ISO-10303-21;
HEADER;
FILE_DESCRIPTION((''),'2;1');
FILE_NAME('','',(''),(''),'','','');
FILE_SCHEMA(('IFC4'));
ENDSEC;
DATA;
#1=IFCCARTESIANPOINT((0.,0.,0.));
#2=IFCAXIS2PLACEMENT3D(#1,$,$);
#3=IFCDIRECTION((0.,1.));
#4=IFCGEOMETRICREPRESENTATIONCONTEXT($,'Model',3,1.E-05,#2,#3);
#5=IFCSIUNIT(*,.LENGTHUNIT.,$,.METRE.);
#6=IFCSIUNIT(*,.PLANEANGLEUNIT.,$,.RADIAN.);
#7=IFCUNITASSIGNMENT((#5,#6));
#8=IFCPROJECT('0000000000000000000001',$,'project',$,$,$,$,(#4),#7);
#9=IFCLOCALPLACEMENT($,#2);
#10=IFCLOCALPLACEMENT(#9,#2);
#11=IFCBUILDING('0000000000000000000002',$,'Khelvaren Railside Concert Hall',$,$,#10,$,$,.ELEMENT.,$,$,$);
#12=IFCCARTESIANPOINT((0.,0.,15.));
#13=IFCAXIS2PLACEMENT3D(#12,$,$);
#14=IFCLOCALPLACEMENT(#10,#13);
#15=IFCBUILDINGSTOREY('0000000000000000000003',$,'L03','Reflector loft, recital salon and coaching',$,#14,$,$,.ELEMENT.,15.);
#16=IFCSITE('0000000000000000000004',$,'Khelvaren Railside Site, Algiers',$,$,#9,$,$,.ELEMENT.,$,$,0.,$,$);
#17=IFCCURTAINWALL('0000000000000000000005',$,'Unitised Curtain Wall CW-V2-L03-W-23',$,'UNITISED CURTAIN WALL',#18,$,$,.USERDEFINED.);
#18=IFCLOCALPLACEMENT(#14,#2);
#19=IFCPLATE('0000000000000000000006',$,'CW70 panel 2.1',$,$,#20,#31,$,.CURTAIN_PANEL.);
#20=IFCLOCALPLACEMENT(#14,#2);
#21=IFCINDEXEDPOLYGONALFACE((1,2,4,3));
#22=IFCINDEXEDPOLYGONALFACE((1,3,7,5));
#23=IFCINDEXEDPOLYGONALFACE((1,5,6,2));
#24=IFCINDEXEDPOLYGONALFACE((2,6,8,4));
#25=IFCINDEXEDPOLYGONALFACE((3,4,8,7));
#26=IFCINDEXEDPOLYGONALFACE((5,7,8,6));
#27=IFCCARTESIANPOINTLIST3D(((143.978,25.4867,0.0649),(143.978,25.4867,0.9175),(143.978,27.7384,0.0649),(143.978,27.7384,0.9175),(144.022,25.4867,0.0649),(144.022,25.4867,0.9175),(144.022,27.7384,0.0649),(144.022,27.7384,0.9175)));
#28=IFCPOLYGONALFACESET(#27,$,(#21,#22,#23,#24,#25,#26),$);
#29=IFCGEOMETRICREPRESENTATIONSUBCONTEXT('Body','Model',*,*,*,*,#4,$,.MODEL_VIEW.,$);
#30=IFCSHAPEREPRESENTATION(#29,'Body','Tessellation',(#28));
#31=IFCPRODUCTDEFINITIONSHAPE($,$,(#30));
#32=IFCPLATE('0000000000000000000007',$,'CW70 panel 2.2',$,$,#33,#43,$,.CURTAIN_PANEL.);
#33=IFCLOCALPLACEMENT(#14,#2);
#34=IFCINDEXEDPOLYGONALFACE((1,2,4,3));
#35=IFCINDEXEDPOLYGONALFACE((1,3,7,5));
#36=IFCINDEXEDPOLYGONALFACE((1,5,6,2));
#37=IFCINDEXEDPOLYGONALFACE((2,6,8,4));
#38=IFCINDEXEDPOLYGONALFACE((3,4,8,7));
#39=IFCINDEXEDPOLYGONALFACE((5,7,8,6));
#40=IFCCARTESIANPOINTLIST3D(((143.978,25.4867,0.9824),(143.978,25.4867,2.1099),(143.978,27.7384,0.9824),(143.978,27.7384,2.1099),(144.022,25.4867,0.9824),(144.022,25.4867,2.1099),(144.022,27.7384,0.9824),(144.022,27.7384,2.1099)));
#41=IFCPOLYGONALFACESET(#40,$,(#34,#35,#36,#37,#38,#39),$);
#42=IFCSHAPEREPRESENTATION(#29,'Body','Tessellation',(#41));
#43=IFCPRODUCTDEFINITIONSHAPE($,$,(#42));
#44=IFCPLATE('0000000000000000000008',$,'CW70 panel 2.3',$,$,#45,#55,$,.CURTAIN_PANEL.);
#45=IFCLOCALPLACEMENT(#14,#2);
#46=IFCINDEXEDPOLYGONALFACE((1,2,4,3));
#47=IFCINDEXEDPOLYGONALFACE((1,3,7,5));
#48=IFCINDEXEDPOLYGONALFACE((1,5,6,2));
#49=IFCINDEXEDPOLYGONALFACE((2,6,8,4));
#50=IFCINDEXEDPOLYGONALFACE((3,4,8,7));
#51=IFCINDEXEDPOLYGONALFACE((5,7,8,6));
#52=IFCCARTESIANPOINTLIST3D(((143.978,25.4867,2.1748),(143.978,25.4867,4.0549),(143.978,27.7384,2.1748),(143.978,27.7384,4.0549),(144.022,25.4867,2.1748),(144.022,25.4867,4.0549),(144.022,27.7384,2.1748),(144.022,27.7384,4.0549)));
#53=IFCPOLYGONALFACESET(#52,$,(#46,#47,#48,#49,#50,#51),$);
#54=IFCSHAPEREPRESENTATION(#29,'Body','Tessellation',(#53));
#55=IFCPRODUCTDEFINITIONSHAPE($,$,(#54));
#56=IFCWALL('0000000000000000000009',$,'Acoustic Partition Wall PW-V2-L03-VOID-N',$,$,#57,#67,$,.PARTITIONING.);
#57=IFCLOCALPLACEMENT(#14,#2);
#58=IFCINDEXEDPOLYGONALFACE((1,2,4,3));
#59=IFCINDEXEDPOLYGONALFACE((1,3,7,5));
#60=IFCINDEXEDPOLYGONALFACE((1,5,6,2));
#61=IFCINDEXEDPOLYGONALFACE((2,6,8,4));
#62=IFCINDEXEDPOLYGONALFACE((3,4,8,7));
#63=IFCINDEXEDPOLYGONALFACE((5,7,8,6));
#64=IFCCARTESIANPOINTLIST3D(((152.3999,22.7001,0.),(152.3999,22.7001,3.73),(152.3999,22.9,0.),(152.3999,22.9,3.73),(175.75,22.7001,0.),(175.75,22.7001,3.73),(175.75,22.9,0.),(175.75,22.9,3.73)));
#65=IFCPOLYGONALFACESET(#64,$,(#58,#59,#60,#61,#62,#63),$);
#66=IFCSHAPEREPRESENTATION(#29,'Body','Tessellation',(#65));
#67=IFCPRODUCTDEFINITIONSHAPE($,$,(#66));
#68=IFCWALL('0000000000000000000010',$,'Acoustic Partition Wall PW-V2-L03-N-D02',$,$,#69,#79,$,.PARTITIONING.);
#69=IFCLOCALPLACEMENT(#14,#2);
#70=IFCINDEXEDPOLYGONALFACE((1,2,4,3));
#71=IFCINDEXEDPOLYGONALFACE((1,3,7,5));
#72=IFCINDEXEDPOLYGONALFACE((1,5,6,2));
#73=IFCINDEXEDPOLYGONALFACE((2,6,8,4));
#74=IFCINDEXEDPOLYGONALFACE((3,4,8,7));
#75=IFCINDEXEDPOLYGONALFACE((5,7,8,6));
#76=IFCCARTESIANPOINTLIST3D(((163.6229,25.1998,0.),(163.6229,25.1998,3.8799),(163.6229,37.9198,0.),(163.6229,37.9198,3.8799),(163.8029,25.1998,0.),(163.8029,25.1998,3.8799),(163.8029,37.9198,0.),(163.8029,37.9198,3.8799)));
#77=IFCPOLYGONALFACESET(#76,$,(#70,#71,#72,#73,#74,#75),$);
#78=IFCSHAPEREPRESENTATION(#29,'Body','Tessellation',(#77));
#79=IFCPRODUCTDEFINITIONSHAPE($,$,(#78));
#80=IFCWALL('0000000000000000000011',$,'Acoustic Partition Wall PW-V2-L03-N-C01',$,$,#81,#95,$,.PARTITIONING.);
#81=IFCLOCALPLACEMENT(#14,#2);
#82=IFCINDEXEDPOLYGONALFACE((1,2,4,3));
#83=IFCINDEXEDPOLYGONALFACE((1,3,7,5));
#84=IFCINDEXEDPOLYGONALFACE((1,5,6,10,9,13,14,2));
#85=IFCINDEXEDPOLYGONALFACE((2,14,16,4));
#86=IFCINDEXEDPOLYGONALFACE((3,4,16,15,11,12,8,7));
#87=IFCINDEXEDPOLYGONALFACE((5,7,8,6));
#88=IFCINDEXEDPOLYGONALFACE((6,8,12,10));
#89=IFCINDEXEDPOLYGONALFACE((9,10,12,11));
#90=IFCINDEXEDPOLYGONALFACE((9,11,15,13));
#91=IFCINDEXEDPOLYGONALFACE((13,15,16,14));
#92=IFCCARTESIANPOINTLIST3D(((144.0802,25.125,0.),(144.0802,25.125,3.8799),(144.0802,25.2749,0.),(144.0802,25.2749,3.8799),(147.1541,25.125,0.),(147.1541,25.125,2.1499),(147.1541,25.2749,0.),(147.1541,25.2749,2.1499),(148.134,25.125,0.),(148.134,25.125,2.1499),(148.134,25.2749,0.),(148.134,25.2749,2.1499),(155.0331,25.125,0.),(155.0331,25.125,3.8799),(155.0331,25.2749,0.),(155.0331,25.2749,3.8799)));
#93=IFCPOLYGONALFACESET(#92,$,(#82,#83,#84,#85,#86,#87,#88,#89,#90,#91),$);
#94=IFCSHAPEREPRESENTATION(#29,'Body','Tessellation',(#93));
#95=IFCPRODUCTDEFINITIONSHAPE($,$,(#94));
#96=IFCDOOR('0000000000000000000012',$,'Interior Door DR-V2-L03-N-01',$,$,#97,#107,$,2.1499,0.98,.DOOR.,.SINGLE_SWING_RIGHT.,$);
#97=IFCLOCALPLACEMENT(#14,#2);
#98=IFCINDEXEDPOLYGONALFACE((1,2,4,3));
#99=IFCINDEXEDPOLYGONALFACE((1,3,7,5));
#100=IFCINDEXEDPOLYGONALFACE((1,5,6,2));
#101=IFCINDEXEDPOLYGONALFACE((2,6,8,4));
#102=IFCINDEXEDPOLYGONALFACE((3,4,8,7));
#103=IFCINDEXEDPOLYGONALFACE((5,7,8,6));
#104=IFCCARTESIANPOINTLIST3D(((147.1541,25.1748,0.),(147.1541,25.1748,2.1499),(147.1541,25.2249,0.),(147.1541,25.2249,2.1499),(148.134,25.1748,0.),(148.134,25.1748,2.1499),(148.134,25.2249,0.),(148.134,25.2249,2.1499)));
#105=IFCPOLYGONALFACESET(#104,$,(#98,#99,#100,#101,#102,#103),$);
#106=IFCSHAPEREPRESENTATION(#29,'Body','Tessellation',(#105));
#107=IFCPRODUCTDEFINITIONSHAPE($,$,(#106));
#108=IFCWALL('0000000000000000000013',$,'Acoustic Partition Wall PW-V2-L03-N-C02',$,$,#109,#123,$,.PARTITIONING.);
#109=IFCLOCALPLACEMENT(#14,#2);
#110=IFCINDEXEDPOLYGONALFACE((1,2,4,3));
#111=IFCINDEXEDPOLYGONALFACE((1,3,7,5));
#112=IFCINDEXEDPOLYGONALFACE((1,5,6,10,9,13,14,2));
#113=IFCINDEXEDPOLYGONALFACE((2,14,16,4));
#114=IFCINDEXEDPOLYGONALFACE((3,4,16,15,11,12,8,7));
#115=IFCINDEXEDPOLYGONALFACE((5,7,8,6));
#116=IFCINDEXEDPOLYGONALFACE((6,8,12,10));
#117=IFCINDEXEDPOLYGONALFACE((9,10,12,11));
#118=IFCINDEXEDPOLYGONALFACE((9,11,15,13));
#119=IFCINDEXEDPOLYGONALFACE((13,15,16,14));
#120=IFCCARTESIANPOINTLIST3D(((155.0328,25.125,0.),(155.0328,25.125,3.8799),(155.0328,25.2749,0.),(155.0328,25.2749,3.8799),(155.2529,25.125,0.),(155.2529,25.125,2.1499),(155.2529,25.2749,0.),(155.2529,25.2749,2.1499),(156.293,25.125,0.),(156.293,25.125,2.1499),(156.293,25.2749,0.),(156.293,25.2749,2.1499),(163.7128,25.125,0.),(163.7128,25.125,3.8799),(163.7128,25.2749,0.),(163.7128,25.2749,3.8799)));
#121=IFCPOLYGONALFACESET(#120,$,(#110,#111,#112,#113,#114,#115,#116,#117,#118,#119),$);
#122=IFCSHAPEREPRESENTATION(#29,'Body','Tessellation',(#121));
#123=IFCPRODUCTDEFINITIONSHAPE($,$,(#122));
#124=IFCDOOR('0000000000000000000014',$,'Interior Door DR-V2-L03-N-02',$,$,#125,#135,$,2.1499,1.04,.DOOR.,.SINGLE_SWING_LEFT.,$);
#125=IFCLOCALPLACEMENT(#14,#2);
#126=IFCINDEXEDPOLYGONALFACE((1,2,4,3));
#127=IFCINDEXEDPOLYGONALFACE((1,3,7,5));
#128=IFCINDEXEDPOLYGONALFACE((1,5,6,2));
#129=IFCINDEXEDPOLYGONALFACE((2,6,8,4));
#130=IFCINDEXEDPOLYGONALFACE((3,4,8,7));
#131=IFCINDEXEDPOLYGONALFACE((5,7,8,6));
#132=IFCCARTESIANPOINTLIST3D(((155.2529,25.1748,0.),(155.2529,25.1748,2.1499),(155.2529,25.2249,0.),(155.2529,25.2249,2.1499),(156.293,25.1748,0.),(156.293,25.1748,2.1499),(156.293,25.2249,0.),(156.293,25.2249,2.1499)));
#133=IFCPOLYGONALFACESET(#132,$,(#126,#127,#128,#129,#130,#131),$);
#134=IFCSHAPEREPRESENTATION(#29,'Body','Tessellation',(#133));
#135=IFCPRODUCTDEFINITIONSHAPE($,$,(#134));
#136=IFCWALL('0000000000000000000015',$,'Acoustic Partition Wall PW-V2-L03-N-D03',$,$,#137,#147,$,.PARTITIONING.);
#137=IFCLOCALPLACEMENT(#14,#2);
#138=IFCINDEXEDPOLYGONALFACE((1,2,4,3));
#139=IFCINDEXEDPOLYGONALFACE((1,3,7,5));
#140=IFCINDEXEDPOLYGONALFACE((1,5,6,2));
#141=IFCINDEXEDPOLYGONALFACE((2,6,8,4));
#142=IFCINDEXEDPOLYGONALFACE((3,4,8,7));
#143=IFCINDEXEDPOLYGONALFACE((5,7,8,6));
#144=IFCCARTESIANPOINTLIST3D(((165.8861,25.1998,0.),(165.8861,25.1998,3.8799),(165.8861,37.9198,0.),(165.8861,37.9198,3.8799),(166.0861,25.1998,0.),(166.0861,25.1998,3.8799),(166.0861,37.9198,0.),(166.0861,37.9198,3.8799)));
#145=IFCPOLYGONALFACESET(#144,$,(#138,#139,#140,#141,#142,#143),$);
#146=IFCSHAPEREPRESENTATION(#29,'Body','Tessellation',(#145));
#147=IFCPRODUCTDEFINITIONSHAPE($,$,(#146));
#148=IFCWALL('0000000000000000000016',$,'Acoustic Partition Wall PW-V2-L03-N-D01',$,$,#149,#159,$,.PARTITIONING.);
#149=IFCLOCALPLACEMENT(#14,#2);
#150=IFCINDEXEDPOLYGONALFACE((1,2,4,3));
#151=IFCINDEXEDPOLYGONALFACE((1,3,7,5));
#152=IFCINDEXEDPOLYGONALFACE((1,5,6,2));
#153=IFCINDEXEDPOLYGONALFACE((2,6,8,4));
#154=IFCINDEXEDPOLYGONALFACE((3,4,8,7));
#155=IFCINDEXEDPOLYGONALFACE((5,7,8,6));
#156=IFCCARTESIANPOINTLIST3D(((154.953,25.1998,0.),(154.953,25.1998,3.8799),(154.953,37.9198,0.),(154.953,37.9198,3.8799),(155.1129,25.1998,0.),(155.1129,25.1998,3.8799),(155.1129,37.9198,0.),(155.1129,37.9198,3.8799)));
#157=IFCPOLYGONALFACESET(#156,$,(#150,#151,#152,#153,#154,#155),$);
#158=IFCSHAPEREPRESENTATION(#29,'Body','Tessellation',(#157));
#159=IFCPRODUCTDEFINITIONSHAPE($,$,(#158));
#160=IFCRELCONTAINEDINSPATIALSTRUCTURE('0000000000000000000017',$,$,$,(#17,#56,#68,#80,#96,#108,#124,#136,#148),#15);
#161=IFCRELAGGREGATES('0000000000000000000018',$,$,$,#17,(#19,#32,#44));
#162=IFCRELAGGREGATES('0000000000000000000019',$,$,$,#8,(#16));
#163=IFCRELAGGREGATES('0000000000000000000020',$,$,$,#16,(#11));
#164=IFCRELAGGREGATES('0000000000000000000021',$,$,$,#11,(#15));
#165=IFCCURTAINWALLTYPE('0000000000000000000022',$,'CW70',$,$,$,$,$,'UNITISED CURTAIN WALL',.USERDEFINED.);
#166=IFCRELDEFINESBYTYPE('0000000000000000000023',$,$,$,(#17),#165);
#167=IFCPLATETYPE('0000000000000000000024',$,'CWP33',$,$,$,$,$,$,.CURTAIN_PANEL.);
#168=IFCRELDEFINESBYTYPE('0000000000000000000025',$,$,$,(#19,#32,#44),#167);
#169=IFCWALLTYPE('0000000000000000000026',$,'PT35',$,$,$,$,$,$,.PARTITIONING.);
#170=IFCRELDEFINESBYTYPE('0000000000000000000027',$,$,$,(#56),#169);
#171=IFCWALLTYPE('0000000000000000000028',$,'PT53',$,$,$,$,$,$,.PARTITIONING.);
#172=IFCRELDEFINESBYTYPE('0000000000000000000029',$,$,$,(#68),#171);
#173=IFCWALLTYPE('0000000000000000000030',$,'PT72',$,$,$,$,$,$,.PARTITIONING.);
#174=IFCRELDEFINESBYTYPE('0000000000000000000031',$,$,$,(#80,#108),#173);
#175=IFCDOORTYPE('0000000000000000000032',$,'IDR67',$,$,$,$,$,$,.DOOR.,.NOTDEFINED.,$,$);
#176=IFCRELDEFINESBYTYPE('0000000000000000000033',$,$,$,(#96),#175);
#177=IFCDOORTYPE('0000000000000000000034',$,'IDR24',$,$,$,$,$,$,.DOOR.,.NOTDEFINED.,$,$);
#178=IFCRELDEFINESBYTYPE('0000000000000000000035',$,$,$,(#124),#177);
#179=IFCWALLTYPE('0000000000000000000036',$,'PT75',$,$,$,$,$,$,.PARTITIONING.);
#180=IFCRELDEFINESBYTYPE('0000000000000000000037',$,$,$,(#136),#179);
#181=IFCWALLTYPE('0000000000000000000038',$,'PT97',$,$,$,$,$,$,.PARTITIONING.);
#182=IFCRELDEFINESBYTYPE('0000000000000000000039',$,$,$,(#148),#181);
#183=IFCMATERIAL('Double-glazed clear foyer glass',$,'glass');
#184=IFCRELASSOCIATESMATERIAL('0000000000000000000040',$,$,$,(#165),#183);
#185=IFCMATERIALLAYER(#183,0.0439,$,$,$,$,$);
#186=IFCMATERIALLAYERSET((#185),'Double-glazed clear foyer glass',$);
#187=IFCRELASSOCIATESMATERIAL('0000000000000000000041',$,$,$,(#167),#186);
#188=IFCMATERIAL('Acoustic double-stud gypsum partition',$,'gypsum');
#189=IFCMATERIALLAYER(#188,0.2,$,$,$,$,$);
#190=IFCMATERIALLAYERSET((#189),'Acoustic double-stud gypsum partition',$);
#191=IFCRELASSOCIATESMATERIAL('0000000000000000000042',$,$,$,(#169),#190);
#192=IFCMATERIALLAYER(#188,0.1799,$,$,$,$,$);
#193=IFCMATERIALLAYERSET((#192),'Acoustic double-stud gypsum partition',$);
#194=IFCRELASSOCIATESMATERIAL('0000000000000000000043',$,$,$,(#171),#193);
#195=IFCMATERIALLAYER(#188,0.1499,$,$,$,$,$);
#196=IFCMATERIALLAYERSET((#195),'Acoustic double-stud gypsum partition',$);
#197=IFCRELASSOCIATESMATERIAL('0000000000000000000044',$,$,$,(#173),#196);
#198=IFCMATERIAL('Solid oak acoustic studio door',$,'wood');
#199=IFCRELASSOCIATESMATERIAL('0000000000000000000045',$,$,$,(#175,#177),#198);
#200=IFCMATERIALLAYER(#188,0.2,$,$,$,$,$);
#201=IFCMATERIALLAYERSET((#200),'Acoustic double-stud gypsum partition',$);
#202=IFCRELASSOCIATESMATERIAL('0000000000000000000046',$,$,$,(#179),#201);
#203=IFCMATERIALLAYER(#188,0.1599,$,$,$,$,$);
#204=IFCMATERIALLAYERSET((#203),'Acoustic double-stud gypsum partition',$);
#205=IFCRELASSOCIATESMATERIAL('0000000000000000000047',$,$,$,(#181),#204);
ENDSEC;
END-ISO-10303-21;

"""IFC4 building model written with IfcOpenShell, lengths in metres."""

from ifc_helpers import new_model, si_unit, direction, frame, frame_2d, origin, origin_2d, place, context, subcontext, project, spatial, rectangle, extrude, material, layer, layer_set, type_object, element, fill, aggregate, save


model = new_model("IFC4")

# Units and contexts
model_context = context("Model", 3, precision=1e-05, world=origin(), true_north=direction((0.0, 1.0)))
body_context = subcontext(model_context, "Body", "Model", "MODEL_VIEW")
ifc_project = project(units=[si_unit("LENGTHUNIT", "METRE"), si_unit("PLANEANGLEUNIT", "RADIAN")], contexts=[model_context])

# Site, building, storey
site_placement = place(None, origin())
site = spatial("IfcSite", under=ifc_project, at=site_placement, Name="Khelvaren Railside Site, Algiers", CompositionType="ELEMENT", RefElevation=0.0)
building_placement = place(site_placement, origin())
building = spatial("IfcBuilding", under=site, at=building_placement, Name="Khelvaren Railside Concert Hall", CompositionType="ELEMENT")
storey_placement = place(building_placement, frame((0.0, 0.0, 15.0)))
storey = spatial("IfcBuildingStorey", under=building, at=storey_placement, Name="L03", Description="Reflector loft, recital salon and coaching", CompositionType="ELEMENT", Elevation=15.0)

# Curtain wall
ifc_material_1 = material(Name="Double-glazed clear foyer glass", Category="glass")
curtain_wall_type = type_object("IfcCurtainWallType", Name="CW70", ElementType="UNITISED CURTAIN WALL", PredefinedType="USERDEFINED", material=ifc_material_1)
curtain_wall_placement = place(storey_placement, origin())
curtain_wall = element("IfcCurtainWall", 1, at=curtain_wall_placement, inside=storey, type_object=curtain_wall_type, Name="Unitised Curtain Wall CW-V2-L03-W-23", ObjectType="UNITISED CURTAIN WALL", PredefinedType="USERDEFINED")

# Plates
ifc_layer_1 = layer(ifc_material_1, 0.0439)
ifc_layer_set_1 = layer_set([ifc_layer_1], Name="Double-glazed clear foyer glass")
plate_type = type_object("IfcPlateType", Name="CWP33", PredefinedType="CURTAIN_PANEL", material=ifc_layer_set_1)
plate_1_placement = place(storey_placement, frame((144.0, 26.6125, 0.0649), z_axis=(0.0, 0.0, 1.0), x_axis=(0.0, 1.0, 0.0)))
plate_1 = element("IfcPlate", 2, at=plate_1_placement, type_object=plate_type, Name="CW70 panel 2.1", PredefinedType="CURTAIN_PANEL", context=body_context, shape_type="SweptSolid", body=[
    extrude(rectangle(XDim=2.2517, YDim=0.0439, at=origin_2d()), origin(), (0.0, 0.0, 1.0), 0.8525),
])
plate_2_placement = place(storey_placement, frame((144.0, 26.6125, 0.9824), z_axis=(0.0, 0.0, 1.0), x_axis=(0.0, 1.0, 0.0)))
plate_2 = element("IfcPlate", 3, at=plate_2_placement, type_object=plate_type, Name="CW70 panel 2.2", PredefinedType="CURTAIN_PANEL", context=body_context, shape_type="SweptSolid", body=[
    extrude(rectangle(XDim=2.2517, YDim=0.0439, at=origin_2d()), origin(), (0.0, 0.0, 1.0), 1.1274),
])
plate_3_placement = place(storey_placement, frame((144.0, 26.6125, 2.1748), z_axis=(0.0, 0.0, 1.0), x_axis=(0.0, 1.0, 0.0)))
plate_3 = element("IfcPlate", 4, at=plate_3_placement, type_object=plate_type, Name="CW70 panel 2.3", PredefinedType="CURTAIN_PANEL", context=body_context, shape_type="SweptSolid", body=[
    extrude(rectangle(XDim=2.2517, YDim=0.0439, at=origin_2d()), origin(), (0.0, 0.0, 1.0), 1.8801),
])
aggregate(curtain_wall, [plate_1, plate_2, plate_3])

# Walls
ifc_material_2 = material(Name="Acoustic double-stud gypsum partition", Category="gypsum")
ifc_layer_2 = layer(ifc_material_2, 0.2)
ifc_layer_set_2 = layer_set([ifc_layer_2], Name="Acoustic double-stud gypsum partition")
wall_type_1 = type_object("IfcWallType", Name="PT35", PredefinedType="PARTITIONING", material=ifc_layer_set_2)
wall_1_placement = place(storey_placement, frame((152.3999, 22.8, 0.0), z_axis=(0.0, 0.0, 1.0), x_axis=(1.0, 0.0, 0.0)))
element("IfcWall", 5, at=wall_1_placement, inside=storey, type_object=wall_type_1, Name="Acoustic Partition Wall PW-V2-L03-VOID-N", PredefinedType="PARTITIONING", context=body_context, shape_type="SweptSolid", body=[
    extrude(rectangle(XDim=23.3501, YDim=0.2, at=frame_2d((11.675, 0.0))), origin(), (0.0, 0.0, 1.0), 3.73),
])
ifc_layer_3 = layer(ifc_material_2, 0.1799)
ifc_layer_set_3 = layer_set([ifc_layer_3], Name="Acoustic double-stud gypsum partition")
wall_type_2 = type_object("IfcWallType", Name="PT53", PredefinedType="PARTITIONING", material=ifc_layer_set_3)
wall_2_placement = place(storey_placement, frame((163.7129, 25.2, 0.0), z_axis=(0.0, 0.0, 1.0), x_axis=(0.0, 1.0, 0.0)))
element("IfcWall", 6, at=wall_2_placement, inside=storey, type_object=wall_type_2, Name="Acoustic Partition Wall PW-V2-L03-N-D02", PredefinedType="PARTITIONING", context=body_context, shape_type="SweptSolid", body=[
    extrude(rectangle(XDim=12.72, YDim=0.1799, at=frame_2d((6.3599, 0.0))), origin(), (0.0, 0.0, 1.0), 3.8799),
])

# Walls, openings, doors
ifc_layer_4 = layer(ifc_material_2, 0.1499)
ifc_layer_set_4 = layer_set([ifc_layer_4], Name="Acoustic double-stud gypsum partition")
wall_type_3 = type_object("IfcWallType", Name="PT72", PredefinedType="PARTITIONING", material=ifc_layer_set_4)
wall_3_placement = place(storey_placement, frame((144.0801, 25.2, 0.0), z_axis=(0.0, 0.0, 1.0), x_axis=(1.0, 0.0, 0.0)))
wall_3 = element("IfcWall", 7, at=wall_3_placement, inside=storey, type_object=wall_type_3, Name="Acoustic Partition Wall PW-V2-L03-N-C01", PredefinedType="PARTITIONING", context=body_context, shape_type="SweptSolid", body=[
    extrude(rectangle(XDim=10.9529, YDim=0.1499, at=frame_2d((5.4766, 0.0))), origin(), (0.0, 0.0, 1.0), 3.8799),
])
opening_1_placement = place(wall_3_placement, frame((3.074, 0.0, 0.0)))
opening_1 = element("IfcOpeningElement", 8, at=opening_1_placement, cuts=wall_3, PredefinedType="OPENING", context=body_context, shape_type="SweptSolid", body=[
    extrude(rectangle(XDim=0.98, YDim=2.1499, at=frame_2d((0.49, 1.075))), frame((0.0, 0.085, 0.0), z_axis=(0.0, -1.0, 0.0), x_axis=(1.0, 0.0, 0.0)), (0.0, 0.0, 1.0), 0.1699),
])
ifc_material_3 = material(Name="Solid oak acoustic studio door", Category="wood")
door_type_1 = type_object("IfcDoorType", Name="IDR67", OperationType="NOTDEFINED", PredefinedType="DOOR", material=ifc_material_3)
door_1_placement = place(opening_1_placement, origin())
door_1 = element("IfcDoor", 9, at=door_1_placement, inside=storey, type_object=door_type_1, Name="Interior Door DR-V2-L03-N-01", OperationType="SINGLE_SWING_RIGHT", OverallHeight=2.1499, OverallWidth=0.98, PredefinedType="DOOR", context=body_context, shape_type="SweptSolid", body=[
    extrude(rectangle(XDim=0.98, YDim=2.1499, at=frame_2d((0.49, 1.075))), frame((0.0, 0.0249, 0.0), z_axis=(0.0, -1.0, 0.0), x_axis=(1.0, 0.0, 0.0)), (0.0, 0.0, 1.0), 0.05),
])
fill(opening_1, door_1)
wall_4_placement = place(storey_placement, frame((155.033, 25.2, 0.0), z_axis=(0.0, 0.0, 1.0), x_axis=(1.0, 0.0, 0.0)))
wall_4 = element("IfcWall", 10, at=wall_4_placement, inside=storey, type_object=wall_type_3, Name="Acoustic Partition Wall PW-V2-L03-N-C02", PredefinedType="PARTITIONING", context=body_context, shape_type="SweptSolid", body=[
    extrude(rectangle(XDim=8.6799, YDim=0.1499, at=frame_2d((4.3398, 0.0))), origin(), (0.0, 0.0, 1.0), 3.8799),
])
opening_2_placement = place(wall_4_placement, frame((0.22, 0.0, 0.0)))
opening_2 = element("IfcOpeningElement", 11, at=opening_2_placement, cuts=wall_4, PredefinedType="OPENING", context=body_context, shape_type="SweptSolid", body=[
    extrude(rectangle(XDim=1.04, YDim=2.1499, at=frame_2d((0.52, 1.075))), frame((0.0, 0.085, 0.0), z_axis=(0.0, -1.0, 0.0), x_axis=(1.0, 0.0, 0.0)), (0.0, 0.0, 1.0), 0.1699),
])
door_type_2 = type_object("IfcDoorType", Name="IDR24", OperationType="NOTDEFINED", PredefinedType="DOOR", material=ifc_material_3)
door_2_placement = place(opening_2_placement, origin())
door_2 = element("IfcDoor", 12, at=door_2_placement, inside=storey, type_object=door_type_2, Name="Interior Door DR-V2-L03-N-02", OperationType="SINGLE_SWING_LEFT", OverallHeight=2.1499, OverallWidth=1.04, PredefinedType="DOOR", context=body_context, shape_type="SweptSolid", body=[
    extrude(rectangle(XDim=1.04, YDim=2.1499, at=frame_2d((0.52, 1.075))), frame((0.0, 0.0249, 0.0), z_axis=(0.0, -1.0, 0.0), x_axis=(1.0, 0.0, 0.0)), (0.0, 0.0, 1.0), 0.05),
])
fill(opening_2, door_2)

# Walls
ifc_layer_5 = layer(ifc_material_2, 0.2)
ifc_layer_set_5 = layer_set([ifc_layer_5], Name="Acoustic double-stud gypsum partition")
wall_type_4 = type_object("IfcWallType", Name="PT75", PredefinedType="PARTITIONING", material=ifc_layer_set_5)
wall_5_placement = place(storey_placement, frame((165.9861, 25.2, 0.0), z_axis=(0.0, 0.0, 1.0), x_axis=(0.0, 1.0, 0.0)))
element("IfcWall", 13, at=wall_5_placement, inside=storey, type_object=wall_type_4, Name="Acoustic Partition Wall PW-V2-L03-N-D03", PredefinedType="PARTITIONING", context=body_context, shape_type="SweptSolid", body=[
    extrude(rectangle(XDim=12.72, YDim=0.2, at=frame_2d((6.3599, 0.0))), origin(), (0.0, 0.0, 1.0), 3.8799),
])
ifc_layer_6 = layer(ifc_material_2, 0.1599)
ifc_layer_set_6 = layer_set([ifc_layer_6], Name="Acoustic double-stud gypsum partition")
wall_type_5 = type_object("IfcWallType", Name="PT97", PredefinedType="PARTITIONING", material=ifc_layer_set_6)
wall_6_placement = place(storey_placement, frame((155.033, 25.2, 0.0), z_axis=(0.0, 0.0, 1.0), x_axis=(0.0, 1.0, 0.0)))
element("IfcWall", 14, at=wall_6_placement, inside=storey, type_object=wall_type_5, Name="Acoustic Partition Wall PW-V2-L03-N-D01", PredefinedType="PARTITIONING", context=body_context, shape_type="SweptSolid", body=[
    extrude(rectangle(XDim=12.72, YDim=0.1599, at=frame_2d((6.3599, 0.0))), origin(), (0.0, 0.0, 1.0), 3.8799),
])

save(model, "model.ifc")
